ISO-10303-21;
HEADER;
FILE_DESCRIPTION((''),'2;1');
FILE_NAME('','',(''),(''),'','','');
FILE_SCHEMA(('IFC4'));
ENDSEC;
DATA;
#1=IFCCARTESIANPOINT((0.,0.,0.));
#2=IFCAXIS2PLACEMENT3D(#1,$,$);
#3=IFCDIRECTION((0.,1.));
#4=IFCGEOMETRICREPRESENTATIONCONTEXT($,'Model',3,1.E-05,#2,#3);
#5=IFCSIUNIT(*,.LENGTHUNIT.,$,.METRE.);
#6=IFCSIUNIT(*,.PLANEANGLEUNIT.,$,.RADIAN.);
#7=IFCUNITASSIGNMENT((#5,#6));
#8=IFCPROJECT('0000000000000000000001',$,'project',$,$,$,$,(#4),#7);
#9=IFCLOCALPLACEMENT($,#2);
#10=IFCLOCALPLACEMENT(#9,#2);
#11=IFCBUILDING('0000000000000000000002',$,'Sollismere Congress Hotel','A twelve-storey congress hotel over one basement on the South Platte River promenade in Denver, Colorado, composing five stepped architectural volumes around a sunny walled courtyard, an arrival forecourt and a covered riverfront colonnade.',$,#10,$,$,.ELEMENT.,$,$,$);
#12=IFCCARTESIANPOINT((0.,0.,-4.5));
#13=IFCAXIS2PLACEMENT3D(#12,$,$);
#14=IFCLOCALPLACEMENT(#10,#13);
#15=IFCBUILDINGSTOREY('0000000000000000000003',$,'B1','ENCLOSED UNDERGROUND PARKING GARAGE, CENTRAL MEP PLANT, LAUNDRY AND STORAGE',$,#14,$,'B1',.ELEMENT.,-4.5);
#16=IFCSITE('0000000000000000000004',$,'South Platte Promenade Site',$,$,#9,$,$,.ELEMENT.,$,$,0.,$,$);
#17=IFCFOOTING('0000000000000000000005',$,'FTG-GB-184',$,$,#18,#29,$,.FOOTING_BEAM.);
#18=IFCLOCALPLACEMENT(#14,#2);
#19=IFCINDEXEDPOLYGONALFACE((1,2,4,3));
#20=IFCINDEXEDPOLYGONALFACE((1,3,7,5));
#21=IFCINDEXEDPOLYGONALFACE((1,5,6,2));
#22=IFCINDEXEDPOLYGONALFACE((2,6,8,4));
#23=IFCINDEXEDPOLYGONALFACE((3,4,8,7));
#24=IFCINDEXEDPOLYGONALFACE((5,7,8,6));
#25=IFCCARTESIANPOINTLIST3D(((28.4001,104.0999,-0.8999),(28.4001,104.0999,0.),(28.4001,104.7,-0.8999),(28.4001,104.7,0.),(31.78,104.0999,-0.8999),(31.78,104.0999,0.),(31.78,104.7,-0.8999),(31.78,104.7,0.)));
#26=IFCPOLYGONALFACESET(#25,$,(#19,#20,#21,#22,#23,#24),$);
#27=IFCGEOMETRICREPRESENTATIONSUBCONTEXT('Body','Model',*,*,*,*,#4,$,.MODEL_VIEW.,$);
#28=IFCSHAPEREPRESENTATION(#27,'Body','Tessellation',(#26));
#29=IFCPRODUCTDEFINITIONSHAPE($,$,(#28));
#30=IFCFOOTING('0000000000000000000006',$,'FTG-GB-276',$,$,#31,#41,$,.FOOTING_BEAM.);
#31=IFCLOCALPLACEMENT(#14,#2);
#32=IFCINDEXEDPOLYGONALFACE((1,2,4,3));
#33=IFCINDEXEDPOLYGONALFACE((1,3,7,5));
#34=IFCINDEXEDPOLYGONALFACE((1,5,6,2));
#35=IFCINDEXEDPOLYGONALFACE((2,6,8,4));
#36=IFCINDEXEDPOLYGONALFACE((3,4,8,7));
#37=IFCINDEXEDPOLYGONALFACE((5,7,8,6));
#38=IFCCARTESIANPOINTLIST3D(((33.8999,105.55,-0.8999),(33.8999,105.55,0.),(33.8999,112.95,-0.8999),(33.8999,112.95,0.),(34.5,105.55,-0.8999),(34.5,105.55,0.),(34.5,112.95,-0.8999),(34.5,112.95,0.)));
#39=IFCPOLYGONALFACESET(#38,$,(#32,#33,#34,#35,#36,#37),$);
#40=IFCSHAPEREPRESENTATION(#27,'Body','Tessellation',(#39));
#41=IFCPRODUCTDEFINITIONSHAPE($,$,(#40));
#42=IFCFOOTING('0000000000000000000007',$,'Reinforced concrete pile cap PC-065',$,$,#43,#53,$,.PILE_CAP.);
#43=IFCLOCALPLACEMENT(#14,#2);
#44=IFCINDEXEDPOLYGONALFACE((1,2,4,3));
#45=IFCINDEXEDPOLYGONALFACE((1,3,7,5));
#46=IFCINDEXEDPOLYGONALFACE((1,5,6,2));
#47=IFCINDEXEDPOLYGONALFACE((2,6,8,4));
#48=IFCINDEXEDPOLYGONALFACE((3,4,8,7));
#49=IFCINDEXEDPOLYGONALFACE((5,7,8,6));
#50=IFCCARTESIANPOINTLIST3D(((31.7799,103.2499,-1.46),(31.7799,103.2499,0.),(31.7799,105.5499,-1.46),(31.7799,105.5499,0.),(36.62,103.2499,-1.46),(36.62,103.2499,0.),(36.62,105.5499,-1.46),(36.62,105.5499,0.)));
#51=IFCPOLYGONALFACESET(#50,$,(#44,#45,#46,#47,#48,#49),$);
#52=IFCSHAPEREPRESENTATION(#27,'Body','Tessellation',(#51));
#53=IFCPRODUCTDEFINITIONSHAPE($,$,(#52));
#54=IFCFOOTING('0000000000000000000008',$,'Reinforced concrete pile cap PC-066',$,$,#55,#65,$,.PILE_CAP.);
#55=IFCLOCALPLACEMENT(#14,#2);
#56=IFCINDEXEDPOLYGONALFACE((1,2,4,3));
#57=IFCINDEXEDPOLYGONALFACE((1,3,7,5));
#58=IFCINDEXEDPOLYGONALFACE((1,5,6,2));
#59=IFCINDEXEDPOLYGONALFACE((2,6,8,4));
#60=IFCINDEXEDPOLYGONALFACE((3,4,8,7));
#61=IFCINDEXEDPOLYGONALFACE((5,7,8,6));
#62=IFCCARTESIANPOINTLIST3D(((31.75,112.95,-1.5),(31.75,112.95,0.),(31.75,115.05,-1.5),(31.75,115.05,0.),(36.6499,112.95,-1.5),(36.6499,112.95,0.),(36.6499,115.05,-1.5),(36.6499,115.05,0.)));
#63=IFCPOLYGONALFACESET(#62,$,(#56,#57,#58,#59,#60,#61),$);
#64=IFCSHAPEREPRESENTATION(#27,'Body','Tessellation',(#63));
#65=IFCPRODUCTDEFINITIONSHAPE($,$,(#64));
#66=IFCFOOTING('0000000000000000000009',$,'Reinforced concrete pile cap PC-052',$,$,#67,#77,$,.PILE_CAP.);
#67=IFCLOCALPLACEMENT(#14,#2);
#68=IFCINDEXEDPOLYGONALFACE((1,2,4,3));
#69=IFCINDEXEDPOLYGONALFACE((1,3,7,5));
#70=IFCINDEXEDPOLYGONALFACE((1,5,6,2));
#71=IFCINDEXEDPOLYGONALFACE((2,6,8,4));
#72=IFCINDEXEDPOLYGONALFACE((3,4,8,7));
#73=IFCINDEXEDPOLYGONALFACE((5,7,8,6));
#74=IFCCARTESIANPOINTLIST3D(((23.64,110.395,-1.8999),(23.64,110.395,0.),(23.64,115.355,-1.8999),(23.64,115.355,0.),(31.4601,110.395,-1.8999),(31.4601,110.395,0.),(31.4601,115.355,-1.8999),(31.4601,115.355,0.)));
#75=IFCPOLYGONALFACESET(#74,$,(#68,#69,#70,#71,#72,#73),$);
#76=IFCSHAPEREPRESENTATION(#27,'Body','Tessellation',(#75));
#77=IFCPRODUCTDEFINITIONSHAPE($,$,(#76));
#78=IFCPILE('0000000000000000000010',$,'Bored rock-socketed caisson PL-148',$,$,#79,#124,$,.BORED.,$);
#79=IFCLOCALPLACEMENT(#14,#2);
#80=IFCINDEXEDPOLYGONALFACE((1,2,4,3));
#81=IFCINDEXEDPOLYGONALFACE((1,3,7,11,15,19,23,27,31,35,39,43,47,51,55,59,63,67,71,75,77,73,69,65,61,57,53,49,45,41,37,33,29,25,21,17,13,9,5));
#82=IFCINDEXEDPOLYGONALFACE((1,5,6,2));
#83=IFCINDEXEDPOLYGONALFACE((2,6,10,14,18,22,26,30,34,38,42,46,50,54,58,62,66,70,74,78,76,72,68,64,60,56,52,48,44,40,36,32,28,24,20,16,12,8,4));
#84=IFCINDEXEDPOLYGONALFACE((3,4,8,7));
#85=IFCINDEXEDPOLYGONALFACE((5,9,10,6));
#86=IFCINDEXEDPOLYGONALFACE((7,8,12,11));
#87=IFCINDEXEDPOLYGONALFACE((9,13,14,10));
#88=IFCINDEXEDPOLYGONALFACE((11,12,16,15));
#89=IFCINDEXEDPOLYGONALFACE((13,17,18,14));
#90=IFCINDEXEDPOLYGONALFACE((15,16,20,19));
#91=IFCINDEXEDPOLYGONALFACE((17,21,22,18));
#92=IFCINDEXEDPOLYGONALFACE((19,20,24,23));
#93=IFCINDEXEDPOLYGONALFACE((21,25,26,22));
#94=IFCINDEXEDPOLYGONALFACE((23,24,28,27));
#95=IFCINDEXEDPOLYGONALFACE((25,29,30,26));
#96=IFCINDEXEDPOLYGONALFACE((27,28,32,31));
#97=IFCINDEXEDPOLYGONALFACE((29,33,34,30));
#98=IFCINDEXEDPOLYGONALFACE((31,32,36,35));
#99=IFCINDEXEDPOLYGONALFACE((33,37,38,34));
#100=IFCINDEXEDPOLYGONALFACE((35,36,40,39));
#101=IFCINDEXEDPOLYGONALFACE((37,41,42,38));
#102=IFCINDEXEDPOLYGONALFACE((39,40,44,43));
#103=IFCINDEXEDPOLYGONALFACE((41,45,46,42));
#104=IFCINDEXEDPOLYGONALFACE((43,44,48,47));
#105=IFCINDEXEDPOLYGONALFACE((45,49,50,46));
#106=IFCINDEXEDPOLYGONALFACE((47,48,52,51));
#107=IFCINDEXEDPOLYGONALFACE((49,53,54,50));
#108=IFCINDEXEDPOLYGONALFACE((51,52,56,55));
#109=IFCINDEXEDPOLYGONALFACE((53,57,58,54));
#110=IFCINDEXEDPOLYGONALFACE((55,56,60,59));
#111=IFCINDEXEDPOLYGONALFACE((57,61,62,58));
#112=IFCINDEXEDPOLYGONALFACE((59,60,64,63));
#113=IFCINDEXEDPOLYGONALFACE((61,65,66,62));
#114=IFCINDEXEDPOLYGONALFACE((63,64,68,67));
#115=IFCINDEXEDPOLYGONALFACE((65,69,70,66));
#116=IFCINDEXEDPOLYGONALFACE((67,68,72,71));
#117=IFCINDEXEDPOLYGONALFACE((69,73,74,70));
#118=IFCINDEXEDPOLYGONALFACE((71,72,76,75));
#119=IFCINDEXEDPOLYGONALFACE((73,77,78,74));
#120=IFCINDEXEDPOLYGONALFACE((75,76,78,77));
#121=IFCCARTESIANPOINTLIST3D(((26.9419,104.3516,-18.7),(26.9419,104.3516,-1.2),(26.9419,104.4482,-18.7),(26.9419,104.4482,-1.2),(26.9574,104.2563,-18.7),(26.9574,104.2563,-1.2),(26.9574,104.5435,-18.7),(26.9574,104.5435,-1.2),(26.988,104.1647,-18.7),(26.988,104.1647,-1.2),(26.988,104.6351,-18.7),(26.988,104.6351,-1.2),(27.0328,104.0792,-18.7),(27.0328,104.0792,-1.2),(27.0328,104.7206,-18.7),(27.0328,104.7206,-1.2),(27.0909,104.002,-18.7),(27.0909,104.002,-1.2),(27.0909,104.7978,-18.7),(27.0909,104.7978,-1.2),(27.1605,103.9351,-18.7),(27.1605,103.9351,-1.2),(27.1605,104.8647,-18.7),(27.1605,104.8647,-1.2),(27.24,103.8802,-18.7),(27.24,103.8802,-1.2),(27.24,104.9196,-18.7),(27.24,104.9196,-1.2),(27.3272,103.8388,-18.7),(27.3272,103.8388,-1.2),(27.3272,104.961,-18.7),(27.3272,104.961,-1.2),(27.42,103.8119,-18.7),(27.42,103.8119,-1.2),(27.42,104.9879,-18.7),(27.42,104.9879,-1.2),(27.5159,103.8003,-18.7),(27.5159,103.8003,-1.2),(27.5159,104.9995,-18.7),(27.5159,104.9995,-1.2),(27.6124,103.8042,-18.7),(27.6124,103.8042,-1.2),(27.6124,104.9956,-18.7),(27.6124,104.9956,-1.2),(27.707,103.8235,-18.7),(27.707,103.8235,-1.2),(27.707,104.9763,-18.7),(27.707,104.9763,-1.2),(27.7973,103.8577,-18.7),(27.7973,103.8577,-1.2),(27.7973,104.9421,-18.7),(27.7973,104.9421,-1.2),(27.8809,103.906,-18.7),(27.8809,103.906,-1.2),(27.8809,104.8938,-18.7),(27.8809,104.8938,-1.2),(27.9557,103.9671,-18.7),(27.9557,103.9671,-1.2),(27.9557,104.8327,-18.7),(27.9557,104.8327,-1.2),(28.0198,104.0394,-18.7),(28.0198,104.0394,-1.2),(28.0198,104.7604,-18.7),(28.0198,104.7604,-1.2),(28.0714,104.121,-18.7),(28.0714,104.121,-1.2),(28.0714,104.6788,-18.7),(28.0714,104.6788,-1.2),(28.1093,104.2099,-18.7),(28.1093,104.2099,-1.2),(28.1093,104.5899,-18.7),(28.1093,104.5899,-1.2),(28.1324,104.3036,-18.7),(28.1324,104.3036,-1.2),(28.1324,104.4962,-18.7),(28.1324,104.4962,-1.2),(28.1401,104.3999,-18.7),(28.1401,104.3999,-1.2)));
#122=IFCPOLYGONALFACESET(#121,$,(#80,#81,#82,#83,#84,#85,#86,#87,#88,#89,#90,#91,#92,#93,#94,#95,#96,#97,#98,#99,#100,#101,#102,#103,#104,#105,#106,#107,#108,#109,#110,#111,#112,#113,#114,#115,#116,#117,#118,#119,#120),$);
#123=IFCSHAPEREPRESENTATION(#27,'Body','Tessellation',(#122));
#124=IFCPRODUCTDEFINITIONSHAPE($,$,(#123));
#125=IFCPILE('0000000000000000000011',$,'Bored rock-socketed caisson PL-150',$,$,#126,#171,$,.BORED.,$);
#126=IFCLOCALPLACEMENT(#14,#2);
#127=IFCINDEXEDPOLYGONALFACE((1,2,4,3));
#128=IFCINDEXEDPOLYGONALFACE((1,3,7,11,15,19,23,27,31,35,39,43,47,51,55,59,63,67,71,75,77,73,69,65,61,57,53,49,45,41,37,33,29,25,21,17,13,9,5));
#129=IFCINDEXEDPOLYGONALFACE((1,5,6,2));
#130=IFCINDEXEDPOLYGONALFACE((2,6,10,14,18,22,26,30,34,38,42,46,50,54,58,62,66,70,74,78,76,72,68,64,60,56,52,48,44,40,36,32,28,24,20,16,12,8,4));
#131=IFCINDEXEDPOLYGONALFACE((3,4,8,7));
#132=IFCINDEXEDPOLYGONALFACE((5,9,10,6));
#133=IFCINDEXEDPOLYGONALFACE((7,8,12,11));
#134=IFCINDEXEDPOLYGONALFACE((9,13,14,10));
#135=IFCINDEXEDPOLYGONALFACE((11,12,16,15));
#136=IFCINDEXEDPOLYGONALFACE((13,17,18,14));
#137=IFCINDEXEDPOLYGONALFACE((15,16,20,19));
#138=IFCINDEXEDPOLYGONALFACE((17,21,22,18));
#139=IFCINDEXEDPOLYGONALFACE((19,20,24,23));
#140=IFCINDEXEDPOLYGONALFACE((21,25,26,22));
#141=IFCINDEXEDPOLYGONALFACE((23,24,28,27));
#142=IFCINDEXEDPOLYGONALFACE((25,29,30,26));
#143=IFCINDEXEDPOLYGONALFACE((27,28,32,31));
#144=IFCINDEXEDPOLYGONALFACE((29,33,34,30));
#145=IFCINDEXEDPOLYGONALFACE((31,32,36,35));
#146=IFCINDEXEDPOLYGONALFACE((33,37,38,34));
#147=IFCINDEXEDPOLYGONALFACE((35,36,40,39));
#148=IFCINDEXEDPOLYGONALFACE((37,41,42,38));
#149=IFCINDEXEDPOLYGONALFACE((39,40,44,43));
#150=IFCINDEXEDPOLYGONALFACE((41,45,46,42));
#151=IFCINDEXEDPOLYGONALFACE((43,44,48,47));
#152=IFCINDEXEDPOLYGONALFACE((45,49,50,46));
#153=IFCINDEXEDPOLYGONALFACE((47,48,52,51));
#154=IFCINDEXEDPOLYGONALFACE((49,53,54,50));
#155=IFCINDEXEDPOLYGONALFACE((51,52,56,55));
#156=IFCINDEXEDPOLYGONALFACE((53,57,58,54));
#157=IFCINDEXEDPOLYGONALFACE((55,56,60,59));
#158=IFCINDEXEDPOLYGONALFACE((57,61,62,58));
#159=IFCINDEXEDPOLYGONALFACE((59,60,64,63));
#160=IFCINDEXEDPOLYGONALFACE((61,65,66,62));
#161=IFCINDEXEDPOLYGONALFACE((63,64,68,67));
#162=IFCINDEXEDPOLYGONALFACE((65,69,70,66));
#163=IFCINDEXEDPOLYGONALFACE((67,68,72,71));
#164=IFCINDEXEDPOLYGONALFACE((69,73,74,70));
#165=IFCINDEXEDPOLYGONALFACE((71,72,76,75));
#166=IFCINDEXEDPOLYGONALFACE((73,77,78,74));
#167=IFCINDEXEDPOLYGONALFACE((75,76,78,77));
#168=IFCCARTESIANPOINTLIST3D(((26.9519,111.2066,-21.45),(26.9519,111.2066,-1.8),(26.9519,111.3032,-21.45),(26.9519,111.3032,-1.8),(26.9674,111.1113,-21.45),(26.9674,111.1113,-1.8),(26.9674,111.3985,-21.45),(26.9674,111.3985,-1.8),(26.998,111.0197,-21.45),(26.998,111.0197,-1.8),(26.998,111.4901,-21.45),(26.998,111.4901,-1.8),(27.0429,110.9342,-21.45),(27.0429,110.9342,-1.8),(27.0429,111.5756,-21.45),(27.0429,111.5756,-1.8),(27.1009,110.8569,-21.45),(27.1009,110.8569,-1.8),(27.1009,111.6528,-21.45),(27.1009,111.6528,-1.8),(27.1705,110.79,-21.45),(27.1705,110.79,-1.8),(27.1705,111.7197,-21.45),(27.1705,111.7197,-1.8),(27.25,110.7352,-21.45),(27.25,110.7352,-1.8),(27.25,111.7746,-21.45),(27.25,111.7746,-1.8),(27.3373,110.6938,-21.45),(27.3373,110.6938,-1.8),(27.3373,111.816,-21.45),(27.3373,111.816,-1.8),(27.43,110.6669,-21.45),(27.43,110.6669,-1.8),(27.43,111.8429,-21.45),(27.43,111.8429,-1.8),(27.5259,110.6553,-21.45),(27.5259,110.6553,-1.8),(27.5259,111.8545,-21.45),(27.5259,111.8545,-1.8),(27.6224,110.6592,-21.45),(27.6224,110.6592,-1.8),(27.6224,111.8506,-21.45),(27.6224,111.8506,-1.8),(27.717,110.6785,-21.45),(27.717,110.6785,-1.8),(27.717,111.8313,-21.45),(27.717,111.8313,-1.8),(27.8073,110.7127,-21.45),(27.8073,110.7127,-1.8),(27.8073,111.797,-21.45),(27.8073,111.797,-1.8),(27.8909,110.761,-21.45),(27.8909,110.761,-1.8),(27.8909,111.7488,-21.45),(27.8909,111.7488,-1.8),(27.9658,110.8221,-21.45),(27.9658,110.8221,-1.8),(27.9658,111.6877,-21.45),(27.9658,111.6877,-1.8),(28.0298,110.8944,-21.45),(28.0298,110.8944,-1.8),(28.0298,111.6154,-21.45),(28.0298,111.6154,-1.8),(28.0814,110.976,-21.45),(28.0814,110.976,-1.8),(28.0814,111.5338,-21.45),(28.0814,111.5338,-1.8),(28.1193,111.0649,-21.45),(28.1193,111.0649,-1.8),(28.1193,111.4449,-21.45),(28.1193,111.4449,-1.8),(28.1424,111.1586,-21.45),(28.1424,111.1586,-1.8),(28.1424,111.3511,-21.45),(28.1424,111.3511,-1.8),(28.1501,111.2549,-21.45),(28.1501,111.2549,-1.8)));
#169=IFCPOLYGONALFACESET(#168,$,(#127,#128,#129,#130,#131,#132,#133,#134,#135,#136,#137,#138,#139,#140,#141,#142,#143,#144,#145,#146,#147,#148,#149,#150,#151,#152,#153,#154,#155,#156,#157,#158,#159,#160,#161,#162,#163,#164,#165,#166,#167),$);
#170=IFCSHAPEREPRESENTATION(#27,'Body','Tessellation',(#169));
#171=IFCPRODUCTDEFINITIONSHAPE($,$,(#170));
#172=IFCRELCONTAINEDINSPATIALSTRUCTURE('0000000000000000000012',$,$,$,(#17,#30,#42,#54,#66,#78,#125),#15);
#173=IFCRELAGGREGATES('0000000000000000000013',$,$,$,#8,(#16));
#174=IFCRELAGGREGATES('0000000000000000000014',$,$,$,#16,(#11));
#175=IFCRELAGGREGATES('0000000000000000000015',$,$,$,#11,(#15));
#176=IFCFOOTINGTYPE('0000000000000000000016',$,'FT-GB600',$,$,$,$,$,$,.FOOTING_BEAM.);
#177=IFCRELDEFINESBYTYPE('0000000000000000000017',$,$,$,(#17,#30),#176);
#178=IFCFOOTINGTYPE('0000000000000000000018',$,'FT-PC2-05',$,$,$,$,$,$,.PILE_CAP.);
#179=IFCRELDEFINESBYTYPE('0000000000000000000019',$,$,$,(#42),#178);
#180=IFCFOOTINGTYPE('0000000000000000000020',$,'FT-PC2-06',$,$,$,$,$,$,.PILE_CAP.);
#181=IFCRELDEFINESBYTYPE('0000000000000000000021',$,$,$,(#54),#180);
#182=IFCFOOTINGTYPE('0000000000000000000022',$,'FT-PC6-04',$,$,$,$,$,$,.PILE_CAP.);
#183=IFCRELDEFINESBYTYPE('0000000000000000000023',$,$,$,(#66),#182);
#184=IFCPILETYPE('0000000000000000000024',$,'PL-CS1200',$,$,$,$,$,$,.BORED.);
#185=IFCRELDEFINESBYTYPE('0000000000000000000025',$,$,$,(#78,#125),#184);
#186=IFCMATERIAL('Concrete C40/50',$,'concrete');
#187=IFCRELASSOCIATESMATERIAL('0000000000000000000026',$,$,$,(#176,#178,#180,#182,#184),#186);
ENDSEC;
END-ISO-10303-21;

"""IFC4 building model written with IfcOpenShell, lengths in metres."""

from ifc_helpers import new_model, si_unit, direction, frame, origin, origin_2d, place, context, subcontext, project, spatial, rectangle, circle, extrude, material, material_profile, profile_set, type_object, element, save


model = new_model("IFC4")

# Units and contexts
model_context = context("Model", 3, precision=1e-05, world=origin(), true_north=direction((0.0, 1.0)))
body_context = subcontext(model_context, "Body", "Model", "MODEL_VIEW")
ifc_project = project(units=[si_unit("LENGTHUNIT", "METRE"), si_unit("PLANEANGLEUNIT", "RADIAN")], contexts=[model_context])

# Site, building, storey
site_placement = place(None, origin())
site = spatial("IfcSite", under=ifc_project, at=site_placement, Name="South Platte Promenade Site", CompositionType="ELEMENT", RefElevation=0.0)
building_placement = place(site_placement, origin())
building = spatial("IfcBuilding", under=site, at=building_placement, Name="Sollismere Congress Hotel", Description="A twelve-storey congress hotel over one basement on the South Platte River promenade in Denver, Colorado, composing five stepped architectural volumes around a sunny walled courtyard, an arrival forecourt and a covered riverfront colonnade.", CompositionType="ELEMENT")
storey_placement = place(building_placement, frame((0.0, 0.0, -4.5)))
storey = spatial("IfcBuildingStorey", under=building, at=storey_placement, Name="B1", Description="ENCLOSED UNDERGROUND PARKING GARAGE, CENTRAL MEP PLANT, LAUNDRY AND STORAGE", LongName="B1", CompositionType="ELEMENT", Elevation=-4.5)

# Footings
ifc_material_1 = material(Name="Concrete C40/50", Category="concrete")
footing_type_1 = type_object("IfcFootingType", Name="FT-GB600", PredefinedType="FOOTING_BEAM", material=ifc_material_1)
footing_1_placement = place(storey_placement, frame((30.0901, 104.3999, -0.8999), z_axis=(0.0, 0.0, 1.0), x_axis=(1.0, 0.0, 0.0)))
element("IfcFooting", 1, at=footing_1_placement, inside=storey, type_object=footing_type_1, Name="FTG-GB-184", PredefinedType="FOOTING_BEAM", context=body_context, shape_type="SweptSolid", body=[
    extrude(rectangle(XDim=3.3799, YDim=0.6001, at=origin_2d()), origin(), (0.0, 0.0, 1.0), 0.8999),
])
footing_2_placement = place(storey_placement, frame((34.2, 109.25, -0.8999), z_axis=(0.0, 0.0, 1.0), x_axis=(0.0, 1.0, 0.0)))
element("IfcFooting", 2, at=footing_2_placement, inside=storey, type_object=footing_type_1, Name="FTG-GB-276", PredefinedType="FOOTING_BEAM", context=body_context, shape_type="SweptSolid", body=[
    extrude(rectangle(XDim=7.3999, YDim=0.6001, at=origin_2d()), origin(), (0.0, 0.0, 1.0), 0.8999),
])
footing_type_2 = type_object("IfcFootingType", Name="FT-PC2-05", PredefinedType="PILE_CAP", material=ifc_material_1)
footing_3_placement = place(storey_placement, frame((34.2, 104.3999, -1.46), z_axis=(0.0, 0.0, 1.0), x_axis=(1.0, 0.0, 0.0)))
element("IfcFooting", 3, at=footing_3_placement, inside=storey, type_object=footing_type_2, Name="Reinforced concrete pile cap PC-065", PredefinedType="PILE_CAP", context=body_context, shape_type="SweptSolid", body=[
    extrude(rectangle(XDim=4.8401, YDim=2.3, at=origin_2d()), origin(), (0.0, 0.0, 1.0), 1.46),
])
footing_type_3 = type_object("IfcFootingType", Name="FT-PC2-06", PredefinedType="PILE_CAP", material=ifc_material_1)
footing_4_placement = place(storey_placement, frame((34.2, 114.0, -1.5), z_axis=(0.0, 0.0, 1.0), x_axis=(1.0, 0.0, 0.0)))
element("IfcFooting", 4, at=footing_4_placement, inside=storey, type_object=footing_type_3, Name="Reinforced concrete pile cap PC-066", PredefinedType="PILE_CAP", context=body_context, shape_type="SweptSolid", body=[
    extrude(rectangle(XDim=4.8999, YDim=2.1001, at=origin_2d()), origin(), (0.0, 0.0, 1.0), 1.5),
])
footing_type_4 = type_object("IfcFootingType", Name="FT-PC6-04", PredefinedType="PILE_CAP", material=ifc_material_1)
footing_5_placement = place(storey_placement, frame((27.55, 112.875, -1.8999), z_axis=(0.0, 0.0, 1.0), x_axis=(1.0, 0.0, 0.0)))
element("IfcFooting", 5, at=footing_5_placement, inside=storey, type_object=footing_type_4, Name="Reinforced concrete pile cap PC-052", PredefinedType="PILE_CAP", context=body_context, shape_type="SweptSolid", body=[
    extrude(rectangle(XDim=7.8201, YDim=4.96, at=origin_2d()), origin(), (0.0, 0.0, 1.0), 1.8999),
])

# Piles
ifc_material_profile_1 = material_profile(ifc_material_1, circle(Radius=0.6001, at=origin_2d()), Name="CAISSON1200")
ifc_profile_set_1 = profile_set([ifc_material_profile_1], Name="Concrete C40/50")
pile_type = type_object("IfcPileType", Name="PL-CS1200", PredefinedType="BORED", material=ifc_profile_set_1)
pile_placement = place(storey_placement, frame((27.54, 104.3999, -1.2), z_axis=(0.0, 0.0, -1.0), x_axis=(1.0, 0.0, 0.0)))
element("IfcPile", 6, at=pile_placement, inside=storey, type_object=pile_type, Name="Bored rock-socketed caisson PL-148", PredefinedType="BORED", context=body_context, shape_type="SweptSolid", body=[
    extrude(circle(Radius=0.6001, at=origin_2d()), origin(), (0.0, 0.0, 1.0), 17.5),
])
for number, where, z_axis, x_axis, name in (
    (7, (27.55, 111.2549, -1.8), (0.0, 0.0, -1.0), (1.0, 0.0, 0.0), "Bored rock-socketed caisson PL-150"),
):
    element("IfcPile", number, at=place(storey_placement, frame(where, z_axis=z_axis, x_axis=x_axis)), inside=storey, type_object=pile_type, Name=name, PredefinedType="BORED", context=body_context, shape_type="SweptSolid", body=[
        extrude(circle(Radius=0.6001, at=origin_2d()), origin(), (0.0, 0.0, 1.0), 19.6499),
    ])

save(model, "model.ifc")
